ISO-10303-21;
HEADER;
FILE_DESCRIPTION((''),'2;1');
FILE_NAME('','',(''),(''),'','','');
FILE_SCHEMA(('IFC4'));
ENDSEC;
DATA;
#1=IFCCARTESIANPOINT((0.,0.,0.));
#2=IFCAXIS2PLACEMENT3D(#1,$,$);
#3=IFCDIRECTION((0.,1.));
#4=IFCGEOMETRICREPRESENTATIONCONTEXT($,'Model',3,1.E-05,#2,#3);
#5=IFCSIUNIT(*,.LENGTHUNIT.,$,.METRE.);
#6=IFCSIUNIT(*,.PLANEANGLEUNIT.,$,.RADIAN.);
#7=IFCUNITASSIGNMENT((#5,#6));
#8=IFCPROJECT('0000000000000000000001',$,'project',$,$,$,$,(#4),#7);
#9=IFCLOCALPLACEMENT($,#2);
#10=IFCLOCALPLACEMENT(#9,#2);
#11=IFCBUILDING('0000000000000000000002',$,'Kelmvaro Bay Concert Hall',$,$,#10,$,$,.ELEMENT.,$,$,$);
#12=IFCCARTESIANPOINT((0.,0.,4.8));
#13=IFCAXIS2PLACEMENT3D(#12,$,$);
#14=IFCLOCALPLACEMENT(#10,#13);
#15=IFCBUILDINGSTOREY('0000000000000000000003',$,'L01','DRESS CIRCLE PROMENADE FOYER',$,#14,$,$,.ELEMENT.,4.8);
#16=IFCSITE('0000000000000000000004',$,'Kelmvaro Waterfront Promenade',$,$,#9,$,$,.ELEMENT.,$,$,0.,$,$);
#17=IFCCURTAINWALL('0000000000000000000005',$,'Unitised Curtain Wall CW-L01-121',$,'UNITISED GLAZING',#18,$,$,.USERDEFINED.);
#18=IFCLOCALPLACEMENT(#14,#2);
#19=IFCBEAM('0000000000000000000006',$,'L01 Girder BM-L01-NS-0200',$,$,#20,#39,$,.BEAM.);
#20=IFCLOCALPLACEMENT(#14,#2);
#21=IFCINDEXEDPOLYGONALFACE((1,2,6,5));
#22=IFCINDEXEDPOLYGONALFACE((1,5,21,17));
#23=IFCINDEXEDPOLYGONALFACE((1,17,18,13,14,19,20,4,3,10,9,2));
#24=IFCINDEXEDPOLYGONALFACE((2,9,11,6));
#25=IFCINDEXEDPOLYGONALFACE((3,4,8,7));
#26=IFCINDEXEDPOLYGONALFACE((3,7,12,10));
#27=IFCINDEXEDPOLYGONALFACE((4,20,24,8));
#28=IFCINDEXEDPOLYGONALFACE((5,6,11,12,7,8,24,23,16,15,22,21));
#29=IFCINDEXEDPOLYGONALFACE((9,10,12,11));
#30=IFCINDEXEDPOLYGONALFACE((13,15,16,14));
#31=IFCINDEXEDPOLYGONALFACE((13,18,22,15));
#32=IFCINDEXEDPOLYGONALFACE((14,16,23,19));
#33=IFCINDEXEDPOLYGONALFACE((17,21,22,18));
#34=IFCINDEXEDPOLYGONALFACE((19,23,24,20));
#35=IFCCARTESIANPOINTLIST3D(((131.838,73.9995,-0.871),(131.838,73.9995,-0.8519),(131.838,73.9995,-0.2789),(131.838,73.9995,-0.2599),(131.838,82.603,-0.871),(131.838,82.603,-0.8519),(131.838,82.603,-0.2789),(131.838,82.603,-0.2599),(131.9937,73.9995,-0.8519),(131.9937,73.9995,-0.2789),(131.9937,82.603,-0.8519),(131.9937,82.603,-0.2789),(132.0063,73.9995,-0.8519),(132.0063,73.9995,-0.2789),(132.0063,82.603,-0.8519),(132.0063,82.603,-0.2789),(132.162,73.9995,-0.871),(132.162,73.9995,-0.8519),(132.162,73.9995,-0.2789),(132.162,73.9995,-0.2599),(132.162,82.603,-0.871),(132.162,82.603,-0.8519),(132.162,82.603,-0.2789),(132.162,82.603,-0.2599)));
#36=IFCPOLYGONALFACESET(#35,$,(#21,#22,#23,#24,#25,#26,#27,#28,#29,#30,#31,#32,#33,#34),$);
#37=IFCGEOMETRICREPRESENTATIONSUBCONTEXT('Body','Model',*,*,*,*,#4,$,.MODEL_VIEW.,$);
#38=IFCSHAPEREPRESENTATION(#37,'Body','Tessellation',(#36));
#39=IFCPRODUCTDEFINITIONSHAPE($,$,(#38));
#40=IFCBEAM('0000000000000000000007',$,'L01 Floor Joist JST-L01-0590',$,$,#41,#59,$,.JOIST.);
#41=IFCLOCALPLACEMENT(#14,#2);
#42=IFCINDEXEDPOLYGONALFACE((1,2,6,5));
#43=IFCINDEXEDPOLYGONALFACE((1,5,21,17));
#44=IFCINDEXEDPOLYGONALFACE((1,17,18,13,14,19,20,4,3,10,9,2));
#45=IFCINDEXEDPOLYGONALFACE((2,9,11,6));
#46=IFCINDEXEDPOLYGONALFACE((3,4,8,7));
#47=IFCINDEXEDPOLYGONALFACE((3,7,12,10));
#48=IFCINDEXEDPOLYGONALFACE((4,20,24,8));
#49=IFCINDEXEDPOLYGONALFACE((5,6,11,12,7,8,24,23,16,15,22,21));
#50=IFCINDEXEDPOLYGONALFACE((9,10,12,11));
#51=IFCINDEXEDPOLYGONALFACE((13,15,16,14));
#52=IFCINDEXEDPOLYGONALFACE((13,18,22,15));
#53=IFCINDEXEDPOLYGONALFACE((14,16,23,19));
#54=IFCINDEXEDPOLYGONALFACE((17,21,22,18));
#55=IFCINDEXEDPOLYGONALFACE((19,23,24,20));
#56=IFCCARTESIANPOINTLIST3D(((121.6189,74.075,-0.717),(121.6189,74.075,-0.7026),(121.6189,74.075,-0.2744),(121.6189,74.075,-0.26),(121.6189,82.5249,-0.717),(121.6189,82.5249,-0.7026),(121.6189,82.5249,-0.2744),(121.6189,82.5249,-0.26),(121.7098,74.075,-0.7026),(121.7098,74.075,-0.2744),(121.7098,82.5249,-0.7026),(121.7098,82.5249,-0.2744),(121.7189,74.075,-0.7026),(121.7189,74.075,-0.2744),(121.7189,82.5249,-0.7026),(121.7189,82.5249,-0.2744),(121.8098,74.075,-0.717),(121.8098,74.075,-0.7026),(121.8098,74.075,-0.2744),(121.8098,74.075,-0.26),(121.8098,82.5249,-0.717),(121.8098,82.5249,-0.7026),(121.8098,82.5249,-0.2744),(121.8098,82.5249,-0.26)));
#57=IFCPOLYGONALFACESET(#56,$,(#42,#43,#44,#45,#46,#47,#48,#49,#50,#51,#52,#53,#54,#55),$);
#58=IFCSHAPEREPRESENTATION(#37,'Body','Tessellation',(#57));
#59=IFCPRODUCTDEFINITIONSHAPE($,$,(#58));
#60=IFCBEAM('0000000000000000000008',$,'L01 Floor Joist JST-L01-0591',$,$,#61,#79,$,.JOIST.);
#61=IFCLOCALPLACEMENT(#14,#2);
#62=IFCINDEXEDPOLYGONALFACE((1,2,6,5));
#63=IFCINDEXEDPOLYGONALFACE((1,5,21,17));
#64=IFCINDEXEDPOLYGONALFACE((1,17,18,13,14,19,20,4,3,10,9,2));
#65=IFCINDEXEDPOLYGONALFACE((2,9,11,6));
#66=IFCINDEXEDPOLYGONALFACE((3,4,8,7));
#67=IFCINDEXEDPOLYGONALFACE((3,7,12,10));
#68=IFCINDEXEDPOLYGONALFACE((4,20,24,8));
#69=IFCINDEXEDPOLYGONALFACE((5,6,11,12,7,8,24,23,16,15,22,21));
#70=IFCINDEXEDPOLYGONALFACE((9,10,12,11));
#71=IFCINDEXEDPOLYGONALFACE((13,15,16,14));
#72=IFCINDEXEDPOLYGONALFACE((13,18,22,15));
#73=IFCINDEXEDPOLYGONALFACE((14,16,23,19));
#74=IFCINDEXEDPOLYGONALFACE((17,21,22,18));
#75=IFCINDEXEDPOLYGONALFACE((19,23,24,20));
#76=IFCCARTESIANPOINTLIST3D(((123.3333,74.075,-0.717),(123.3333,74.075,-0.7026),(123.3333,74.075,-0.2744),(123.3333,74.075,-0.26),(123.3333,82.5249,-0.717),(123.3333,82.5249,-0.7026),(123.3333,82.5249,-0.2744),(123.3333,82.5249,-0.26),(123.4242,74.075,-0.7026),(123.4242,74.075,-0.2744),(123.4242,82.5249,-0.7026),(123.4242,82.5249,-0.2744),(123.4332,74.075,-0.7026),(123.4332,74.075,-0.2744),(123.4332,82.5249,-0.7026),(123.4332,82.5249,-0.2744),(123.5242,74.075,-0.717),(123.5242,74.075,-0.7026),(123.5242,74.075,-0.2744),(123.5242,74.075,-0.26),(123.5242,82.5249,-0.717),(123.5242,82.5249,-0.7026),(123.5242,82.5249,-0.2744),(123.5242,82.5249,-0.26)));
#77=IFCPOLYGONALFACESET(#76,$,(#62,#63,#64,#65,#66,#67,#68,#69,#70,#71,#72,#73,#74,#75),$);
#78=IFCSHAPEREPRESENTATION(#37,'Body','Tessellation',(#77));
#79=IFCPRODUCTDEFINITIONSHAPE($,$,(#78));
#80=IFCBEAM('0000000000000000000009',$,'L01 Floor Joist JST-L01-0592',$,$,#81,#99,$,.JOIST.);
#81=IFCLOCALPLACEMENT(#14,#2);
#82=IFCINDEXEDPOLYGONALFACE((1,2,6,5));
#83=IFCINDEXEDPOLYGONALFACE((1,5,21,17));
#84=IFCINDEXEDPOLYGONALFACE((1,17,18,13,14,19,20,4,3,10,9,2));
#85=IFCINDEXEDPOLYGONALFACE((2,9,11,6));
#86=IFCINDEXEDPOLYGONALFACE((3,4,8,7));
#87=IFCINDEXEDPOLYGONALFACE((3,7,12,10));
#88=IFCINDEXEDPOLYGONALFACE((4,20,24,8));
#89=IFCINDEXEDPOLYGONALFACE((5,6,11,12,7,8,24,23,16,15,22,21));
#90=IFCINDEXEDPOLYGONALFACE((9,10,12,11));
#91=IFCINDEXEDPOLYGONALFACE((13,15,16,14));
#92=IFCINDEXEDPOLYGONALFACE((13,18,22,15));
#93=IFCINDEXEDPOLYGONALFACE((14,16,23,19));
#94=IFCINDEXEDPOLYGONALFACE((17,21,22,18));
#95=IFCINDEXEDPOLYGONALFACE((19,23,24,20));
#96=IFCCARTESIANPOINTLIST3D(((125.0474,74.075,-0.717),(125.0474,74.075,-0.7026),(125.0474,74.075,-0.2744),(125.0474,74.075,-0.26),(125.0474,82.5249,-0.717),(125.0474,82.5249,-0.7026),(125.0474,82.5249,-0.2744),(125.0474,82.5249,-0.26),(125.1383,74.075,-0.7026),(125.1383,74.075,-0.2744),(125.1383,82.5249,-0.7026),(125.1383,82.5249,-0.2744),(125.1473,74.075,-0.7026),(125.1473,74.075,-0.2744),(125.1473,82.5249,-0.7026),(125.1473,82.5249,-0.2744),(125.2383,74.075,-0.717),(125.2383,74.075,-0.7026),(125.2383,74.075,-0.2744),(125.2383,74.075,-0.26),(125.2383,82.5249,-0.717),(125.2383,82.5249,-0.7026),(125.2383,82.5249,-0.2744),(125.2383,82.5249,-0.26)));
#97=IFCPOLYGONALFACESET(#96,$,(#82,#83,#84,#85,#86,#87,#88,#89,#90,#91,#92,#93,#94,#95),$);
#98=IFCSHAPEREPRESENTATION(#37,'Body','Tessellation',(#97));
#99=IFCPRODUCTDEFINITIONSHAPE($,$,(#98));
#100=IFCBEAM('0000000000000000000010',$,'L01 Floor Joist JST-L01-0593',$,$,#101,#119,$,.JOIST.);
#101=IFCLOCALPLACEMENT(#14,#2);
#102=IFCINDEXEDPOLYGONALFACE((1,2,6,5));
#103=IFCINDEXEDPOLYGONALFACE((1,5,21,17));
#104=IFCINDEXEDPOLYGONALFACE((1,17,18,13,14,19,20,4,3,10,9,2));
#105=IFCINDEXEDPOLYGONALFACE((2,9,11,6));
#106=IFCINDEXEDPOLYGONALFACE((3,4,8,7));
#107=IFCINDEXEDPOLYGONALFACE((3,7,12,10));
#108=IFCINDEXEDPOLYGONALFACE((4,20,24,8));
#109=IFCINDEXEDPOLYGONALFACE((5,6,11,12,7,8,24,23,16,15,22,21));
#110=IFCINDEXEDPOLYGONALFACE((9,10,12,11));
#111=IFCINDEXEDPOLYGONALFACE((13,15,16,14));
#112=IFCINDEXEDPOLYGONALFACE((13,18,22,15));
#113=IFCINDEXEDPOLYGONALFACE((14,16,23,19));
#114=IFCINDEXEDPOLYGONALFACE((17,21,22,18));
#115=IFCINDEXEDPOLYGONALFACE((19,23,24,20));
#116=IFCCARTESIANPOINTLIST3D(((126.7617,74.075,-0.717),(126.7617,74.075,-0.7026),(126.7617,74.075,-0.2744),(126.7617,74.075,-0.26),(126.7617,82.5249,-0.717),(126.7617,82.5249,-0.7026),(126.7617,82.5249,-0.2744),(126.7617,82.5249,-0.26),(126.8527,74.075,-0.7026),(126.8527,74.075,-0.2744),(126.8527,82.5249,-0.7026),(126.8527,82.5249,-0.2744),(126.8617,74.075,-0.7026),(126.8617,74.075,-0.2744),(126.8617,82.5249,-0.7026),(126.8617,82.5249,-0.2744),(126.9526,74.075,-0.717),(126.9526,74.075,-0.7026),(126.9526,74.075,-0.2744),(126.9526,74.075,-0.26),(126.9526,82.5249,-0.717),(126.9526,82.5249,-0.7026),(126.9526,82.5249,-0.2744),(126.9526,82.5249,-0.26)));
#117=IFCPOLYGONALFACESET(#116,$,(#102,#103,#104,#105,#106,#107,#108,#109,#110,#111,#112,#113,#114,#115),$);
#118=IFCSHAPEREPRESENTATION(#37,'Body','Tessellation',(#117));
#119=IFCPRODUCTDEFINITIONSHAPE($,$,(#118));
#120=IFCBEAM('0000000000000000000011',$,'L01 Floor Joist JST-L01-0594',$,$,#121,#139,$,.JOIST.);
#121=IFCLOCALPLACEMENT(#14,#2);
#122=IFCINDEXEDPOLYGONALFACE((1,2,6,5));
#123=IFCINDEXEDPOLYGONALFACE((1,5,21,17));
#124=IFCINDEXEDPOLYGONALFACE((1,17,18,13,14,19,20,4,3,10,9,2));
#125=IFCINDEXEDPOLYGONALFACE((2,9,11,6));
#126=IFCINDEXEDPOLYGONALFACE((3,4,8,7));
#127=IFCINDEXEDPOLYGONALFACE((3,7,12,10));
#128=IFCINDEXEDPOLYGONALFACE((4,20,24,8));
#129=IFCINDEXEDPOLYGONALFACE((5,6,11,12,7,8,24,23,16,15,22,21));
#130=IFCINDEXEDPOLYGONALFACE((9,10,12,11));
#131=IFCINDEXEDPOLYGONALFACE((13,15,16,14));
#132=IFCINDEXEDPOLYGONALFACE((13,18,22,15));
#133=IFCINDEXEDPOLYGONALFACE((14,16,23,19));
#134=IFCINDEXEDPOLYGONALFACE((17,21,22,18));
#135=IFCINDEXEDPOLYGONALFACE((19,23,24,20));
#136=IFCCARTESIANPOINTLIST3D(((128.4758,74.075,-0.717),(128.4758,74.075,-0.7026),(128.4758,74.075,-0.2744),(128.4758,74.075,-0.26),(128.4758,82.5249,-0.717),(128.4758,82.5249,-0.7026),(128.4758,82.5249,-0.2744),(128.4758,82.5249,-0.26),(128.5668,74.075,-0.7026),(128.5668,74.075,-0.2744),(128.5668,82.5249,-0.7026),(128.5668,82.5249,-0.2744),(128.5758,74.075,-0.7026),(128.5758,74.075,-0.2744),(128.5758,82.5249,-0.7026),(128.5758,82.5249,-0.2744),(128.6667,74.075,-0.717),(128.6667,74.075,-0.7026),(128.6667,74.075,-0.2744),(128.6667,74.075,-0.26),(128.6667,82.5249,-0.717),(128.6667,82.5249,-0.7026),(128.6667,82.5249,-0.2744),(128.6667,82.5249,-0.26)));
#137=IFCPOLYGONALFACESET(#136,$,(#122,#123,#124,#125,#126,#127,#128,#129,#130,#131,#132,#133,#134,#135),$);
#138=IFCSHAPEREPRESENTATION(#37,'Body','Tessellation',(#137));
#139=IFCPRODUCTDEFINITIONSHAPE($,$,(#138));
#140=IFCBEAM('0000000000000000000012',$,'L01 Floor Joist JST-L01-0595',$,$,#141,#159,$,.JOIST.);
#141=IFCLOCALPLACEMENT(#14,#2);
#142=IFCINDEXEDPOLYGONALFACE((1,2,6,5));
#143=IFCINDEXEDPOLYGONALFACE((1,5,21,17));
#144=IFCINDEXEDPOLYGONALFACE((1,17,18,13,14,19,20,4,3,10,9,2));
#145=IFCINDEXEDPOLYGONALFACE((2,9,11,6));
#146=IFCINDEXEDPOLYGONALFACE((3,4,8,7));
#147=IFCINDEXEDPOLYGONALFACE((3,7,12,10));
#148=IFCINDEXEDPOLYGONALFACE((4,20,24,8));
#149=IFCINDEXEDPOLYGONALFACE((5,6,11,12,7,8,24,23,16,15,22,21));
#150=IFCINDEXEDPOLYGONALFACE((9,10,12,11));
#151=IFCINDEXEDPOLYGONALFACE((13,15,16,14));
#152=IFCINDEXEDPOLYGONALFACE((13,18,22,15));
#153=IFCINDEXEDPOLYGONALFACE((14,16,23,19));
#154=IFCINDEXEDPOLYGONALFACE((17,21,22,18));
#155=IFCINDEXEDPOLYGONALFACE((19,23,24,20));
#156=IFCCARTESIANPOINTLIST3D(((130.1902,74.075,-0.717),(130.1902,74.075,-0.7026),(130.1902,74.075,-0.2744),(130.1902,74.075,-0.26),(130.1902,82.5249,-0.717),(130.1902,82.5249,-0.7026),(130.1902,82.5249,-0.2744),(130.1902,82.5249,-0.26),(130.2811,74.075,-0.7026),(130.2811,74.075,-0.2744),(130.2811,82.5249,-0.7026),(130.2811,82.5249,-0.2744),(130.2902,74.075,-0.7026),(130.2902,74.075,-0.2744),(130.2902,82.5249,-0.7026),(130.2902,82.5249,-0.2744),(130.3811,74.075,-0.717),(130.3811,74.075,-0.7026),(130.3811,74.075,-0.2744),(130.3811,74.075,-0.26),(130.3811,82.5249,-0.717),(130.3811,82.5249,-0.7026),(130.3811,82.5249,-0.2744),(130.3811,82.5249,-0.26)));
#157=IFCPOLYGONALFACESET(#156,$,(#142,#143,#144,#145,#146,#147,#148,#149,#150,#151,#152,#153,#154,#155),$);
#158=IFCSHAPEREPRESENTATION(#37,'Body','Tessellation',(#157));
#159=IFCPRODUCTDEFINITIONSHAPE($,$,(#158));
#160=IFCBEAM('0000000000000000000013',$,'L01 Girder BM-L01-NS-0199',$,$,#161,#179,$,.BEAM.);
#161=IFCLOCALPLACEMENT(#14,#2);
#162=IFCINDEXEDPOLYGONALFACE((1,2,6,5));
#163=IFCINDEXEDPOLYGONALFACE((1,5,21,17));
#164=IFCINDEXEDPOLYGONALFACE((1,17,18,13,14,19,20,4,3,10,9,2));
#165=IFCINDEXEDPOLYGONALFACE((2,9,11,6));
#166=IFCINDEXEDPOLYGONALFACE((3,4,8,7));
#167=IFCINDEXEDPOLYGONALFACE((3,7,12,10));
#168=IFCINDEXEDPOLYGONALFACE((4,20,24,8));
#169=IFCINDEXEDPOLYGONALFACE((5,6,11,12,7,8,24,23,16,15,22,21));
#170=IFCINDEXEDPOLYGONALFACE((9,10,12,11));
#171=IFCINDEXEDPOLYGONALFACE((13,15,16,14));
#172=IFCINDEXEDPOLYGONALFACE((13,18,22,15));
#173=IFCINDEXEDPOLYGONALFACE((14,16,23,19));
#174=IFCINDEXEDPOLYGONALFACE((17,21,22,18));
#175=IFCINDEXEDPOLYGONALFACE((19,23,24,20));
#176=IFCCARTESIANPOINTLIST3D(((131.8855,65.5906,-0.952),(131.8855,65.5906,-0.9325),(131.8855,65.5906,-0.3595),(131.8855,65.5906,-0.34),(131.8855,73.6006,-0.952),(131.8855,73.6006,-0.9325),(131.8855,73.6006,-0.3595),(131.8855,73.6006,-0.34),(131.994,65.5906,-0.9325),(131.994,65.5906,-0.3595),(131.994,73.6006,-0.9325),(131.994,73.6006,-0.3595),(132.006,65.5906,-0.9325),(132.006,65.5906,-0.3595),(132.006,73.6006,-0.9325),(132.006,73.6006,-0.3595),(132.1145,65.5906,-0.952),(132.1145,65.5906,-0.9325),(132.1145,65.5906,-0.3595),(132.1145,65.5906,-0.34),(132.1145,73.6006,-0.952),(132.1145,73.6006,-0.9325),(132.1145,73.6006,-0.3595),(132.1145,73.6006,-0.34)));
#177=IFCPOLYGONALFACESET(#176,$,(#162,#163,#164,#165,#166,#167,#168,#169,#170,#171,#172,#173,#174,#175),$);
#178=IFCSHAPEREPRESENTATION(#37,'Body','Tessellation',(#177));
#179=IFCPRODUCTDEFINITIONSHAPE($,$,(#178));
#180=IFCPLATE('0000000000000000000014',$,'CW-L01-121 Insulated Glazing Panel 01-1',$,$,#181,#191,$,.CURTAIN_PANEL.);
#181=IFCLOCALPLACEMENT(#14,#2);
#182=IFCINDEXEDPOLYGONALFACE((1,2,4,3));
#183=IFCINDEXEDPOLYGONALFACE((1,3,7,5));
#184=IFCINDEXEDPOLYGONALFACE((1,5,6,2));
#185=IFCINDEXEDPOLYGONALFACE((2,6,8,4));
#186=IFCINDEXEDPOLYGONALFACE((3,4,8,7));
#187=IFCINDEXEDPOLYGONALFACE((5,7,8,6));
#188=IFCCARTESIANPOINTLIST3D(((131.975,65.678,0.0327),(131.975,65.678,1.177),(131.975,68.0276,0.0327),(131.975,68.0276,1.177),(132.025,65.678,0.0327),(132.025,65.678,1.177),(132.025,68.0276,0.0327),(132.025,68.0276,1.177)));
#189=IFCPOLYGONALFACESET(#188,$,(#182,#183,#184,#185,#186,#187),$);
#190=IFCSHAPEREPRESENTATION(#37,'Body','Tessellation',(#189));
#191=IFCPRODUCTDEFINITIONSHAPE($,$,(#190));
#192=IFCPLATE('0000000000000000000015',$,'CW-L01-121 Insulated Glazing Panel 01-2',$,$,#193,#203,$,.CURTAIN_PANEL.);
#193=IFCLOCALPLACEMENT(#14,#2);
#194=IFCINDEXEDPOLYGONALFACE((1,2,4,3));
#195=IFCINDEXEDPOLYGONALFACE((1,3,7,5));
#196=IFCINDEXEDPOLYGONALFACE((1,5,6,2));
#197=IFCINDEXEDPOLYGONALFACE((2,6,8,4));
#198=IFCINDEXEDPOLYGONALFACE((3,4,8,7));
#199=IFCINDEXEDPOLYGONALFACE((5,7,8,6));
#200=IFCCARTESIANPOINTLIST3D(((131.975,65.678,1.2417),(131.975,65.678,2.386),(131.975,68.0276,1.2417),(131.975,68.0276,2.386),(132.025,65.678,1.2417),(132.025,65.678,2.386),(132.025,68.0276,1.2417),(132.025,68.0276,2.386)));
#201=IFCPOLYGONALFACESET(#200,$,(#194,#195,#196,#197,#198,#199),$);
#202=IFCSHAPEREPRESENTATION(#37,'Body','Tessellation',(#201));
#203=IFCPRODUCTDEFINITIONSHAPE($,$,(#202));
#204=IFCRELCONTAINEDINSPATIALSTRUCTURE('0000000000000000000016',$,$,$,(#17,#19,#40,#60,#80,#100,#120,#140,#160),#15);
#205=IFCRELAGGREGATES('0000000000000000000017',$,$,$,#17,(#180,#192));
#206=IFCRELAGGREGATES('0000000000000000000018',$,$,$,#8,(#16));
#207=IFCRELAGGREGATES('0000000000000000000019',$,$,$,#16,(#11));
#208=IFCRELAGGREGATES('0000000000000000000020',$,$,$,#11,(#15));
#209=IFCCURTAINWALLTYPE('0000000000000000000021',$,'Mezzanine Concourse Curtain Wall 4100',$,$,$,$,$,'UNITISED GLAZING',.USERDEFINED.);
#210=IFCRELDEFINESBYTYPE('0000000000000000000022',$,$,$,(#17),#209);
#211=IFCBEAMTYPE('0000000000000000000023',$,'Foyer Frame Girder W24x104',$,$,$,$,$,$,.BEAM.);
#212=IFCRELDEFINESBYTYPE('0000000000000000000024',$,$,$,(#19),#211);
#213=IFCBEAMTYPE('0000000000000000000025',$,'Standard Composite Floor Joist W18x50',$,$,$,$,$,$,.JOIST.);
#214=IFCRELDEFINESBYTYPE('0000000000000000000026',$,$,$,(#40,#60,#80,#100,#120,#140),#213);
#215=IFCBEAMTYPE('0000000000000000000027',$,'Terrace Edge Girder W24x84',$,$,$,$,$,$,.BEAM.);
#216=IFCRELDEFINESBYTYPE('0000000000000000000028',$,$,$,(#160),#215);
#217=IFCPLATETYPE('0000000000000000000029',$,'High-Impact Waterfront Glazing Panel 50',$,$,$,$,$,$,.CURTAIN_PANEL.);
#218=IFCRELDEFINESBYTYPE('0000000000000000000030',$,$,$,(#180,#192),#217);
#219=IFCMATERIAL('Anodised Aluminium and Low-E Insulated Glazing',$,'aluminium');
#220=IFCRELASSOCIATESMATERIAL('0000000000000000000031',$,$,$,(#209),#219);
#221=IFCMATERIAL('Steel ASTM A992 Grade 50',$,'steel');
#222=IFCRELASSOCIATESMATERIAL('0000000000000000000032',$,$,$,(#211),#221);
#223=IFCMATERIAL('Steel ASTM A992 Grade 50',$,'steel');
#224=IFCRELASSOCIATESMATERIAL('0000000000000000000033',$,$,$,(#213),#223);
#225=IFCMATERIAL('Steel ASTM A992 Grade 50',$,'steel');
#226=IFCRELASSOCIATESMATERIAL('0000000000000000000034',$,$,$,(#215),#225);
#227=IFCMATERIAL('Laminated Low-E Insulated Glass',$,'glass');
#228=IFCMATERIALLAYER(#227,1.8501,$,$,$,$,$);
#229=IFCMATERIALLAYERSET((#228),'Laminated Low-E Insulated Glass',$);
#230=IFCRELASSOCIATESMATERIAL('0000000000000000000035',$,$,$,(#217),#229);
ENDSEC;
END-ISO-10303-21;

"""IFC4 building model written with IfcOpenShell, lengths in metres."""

from ifc_helpers import new_model, si_unit, direction, frame, origin, origin_2d, place, context, subcontext, project, spatial, rectangle, i_section, extrude, material, layer, layer_set, material_profile, profile_set, type_object, element, aggregate, save


model = new_model("IFC4")

# Units and contexts
model_context = context("Model", 3, precision=1e-05, world=origin(), true_north=direction((0.0, 1.0)))
body_context = subcontext(model_context, "Body", "Model", "MODEL_VIEW")
ifc_project = project(units=[si_unit("LENGTHUNIT", "METRE"), si_unit("PLANEANGLEUNIT", "RADIAN")], contexts=[model_context])

# Site, building, storey
site_placement = place(None, origin())
site = spatial("IfcSite", under=ifc_project, at=site_placement, Name="Kelmvaro Waterfront Promenade", CompositionType="ELEMENT", RefElevation=0.0)
building_placement = place(site_placement, origin())
building = spatial("IfcBuilding", under=site, at=building_placement, Name="Kelmvaro Bay Concert Hall", CompositionType="ELEMENT")
storey_placement = place(building_placement, frame((0.0, 0.0, 4.8)))
storey = spatial("IfcBuildingStorey", under=building, at=storey_placement, Name="L01", Description="DRESS CIRCLE PROMENADE FOYER", CompositionType="ELEMENT", Elevation=4.8)

# Curtain wall
ifc_material_1 = material(Name="Anodised Aluminium and Low-E Insulated Glazing", Category="aluminium")
curtain_wall_type = type_object("IfcCurtainWallType", Name="Mezzanine Concourse Curtain Wall 4100", ElementType="UNITISED GLAZING", PredefinedType="USERDEFINED", material=ifc_material_1)
curtain_wall_1_placement = place(storey_placement, origin())
curtain_wall_1 = element("IfcCurtainWall", 1, at=curtain_wall_1_placement, inside=storey, type_object=curtain_wall_type, Name="Unitised Curtain Wall CW-L01-121", ObjectType="UNITISED GLAZING", PredefinedType="USERDEFINED")

# Beams
ifc_material_2 = material(Name="Steel ASTM A992 Grade 50", Category="steel")
ifc_material_profile_1 = material_profile(ifc_material_2, i_section(OverallWidth=0.324, OverallDepth=0.6111, WebThickness=0.0127, FlangeThickness=0.019, at=origin_2d()), Name="W24X104")
ifc_profile_set_1 = profile_set([ifc_material_profile_1], Name="Steel ASTM A992 Grade 50")
beam_type_1 = type_object("IfcBeamType", Name="Foyer Frame Girder W24x104", PredefinedType="BEAM", material=ifc_profile_set_1)
beam_1_placement = place(storey_placement, frame((132.0, 73.9995, -0.5654), z_axis=(0.0, 1.0, 0.0), x_axis=(-1.0, 0.0, 0.0)))
element("IfcBeam", 2, at=beam_1_placement, inside=storey, type_object=beam_type_1, Name="L01 Girder BM-L01-NS-0200", PredefinedType="BEAM", context=body_context, shape_type="SweptSolid", body=[
    extrude(i_section(OverallWidth=0.324, OverallDepth=0.6111, WebThickness=0.0127, FlangeThickness=0.019, at=origin_2d()), origin(), (0.0, 0.0, 1.0), 8.6035),
])
ifc_material_3 = material(Name="Steel ASTM A992 Grade 50", Category="steel")
ifc_material_profile_2 = material_profile(ifc_material_3, i_section(OverallWidth=0.1909, OverallDepth=0.457, WebThickness=0.009, FlangeThickness=0.0144, at=origin_2d()), Name="W18X50")
ifc_profile_set_2 = profile_set([ifc_material_profile_2], Name="Steel ASTM A992 Grade 50")
beam_type_2 = type_object("IfcBeamType", Name="Standard Composite Floor Joist W18x50", PredefinedType="JOIST", material=ifc_profile_set_2)
for number, where, z_axis, x_axis, name in (
    (3, (121.7144, 74.075, -0.4885), (0.0, 1.0, 0.0), (-1.0, 0.0, 0.0), "L01 Floor Joist JST-L01-0590"),
    (4, (123.4287, 74.075, -0.4885), (0.0, 1.0, 0.0), (-1.0, 0.0, 0.0), "L01 Floor Joist JST-L01-0591"),
    (5, (125.1428, 74.075, -0.4885), (0.0, 1.0, 0.0), (-1.0, 0.0, 0.0), "L01 Floor Joist JST-L01-0592"),
    (6, (126.8572, 74.075, -0.4885), (0.0, 1.0, 0.0), (-1.0, 0.0, 0.0), "L01 Floor Joist JST-L01-0593"),
    (7, (128.5713, 74.075, -0.4885), (0.0, 1.0, 0.0), (-1.0, 0.0, 0.0), "L01 Floor Joist JST-L01-0594"),
    (8, (130.2856, 74.075, -0.4885), (0.0, 1.0, 0.0), (-1.0, 0.0, 0.0), "L01 Floor Joist JST-L01-0595"),
):
    element("IfcBeam", number, at=place(storey_placement, frame(where, z_axis=z_axis, x_axis=x_axis)), inside=storey, type_object=beam_type_2, Name=name, PredefinedType="JOIST", context=body_context, shape_type="SweptSolid", body=[
        extrude(i_section(OverallWidth=0.1909, OverallDepth=0.457, WebThickness=0.009, FlangeThickness=0.0144, at=origin_2d()), origin(), (0.0, 0.0, 1.0), 8.45),
    ])
ifc_material_4 = material(Name="Steel ASTM A992 Grade 50", Category="steel")
ifc_material_profile_3 = material_profile(ifc_material_4, i_section(OverallWidth=0.229, OverallDepth=0.6121, WebThickness=0.012, FlangeThickness=0.0195, at=origin_2d()), Name="W24X84")
ifc_profile_set_3 = profile_set([ifc_material_profile_3], Name="Steel ASTM A992 Grade 50")
beam_type_3 = type_object("IfcBeamType", Name="Terrace Edge Girder W24x84", PredefinedType="BEAM", material=ifc_profile_set_3)
beam_2_placement = place(storey_placement, frame((132.0, 65.5906, -0.646), z_axis=(0.0, 1.0, 0.0), x_axis=(-1.0, 0.0, 0.0)))
element("IfcBeam", 9, at=beam_2_placement, inside=storey, type_object=beam_type_3, Name="L01 Girder BM-L01-NS-0199", PredefinedType="BEAM", context=body_context, shape_type="SweptSolid", body=[
    extrude(i_section(OverallWidth=0.229, OverallDepth=0.6121, WebThickness=0.012, FlangeThickness=0.0195, at=origin_2d()), origin(), (0.0, 0.0, 1.0), 8.01),
])

# Plates
ifc_material_5 = material(Name="Laminated Low-E Insulated Glass", Category="glass")
ifc_layer = layer(ifc_material_5, 1.8501)
ifc_layer_set = layer_set([ifc_layer], Name="Laminated Low-E Insulated Glass")
plate_type = type_object("IfcPlateType", Name="High-Impact Waterfront Glazing Panel 50", PredefinedType="CURTAIN_PANEL", material=ifc_layer_set)
plate_1_placement = place(storey_placement, frame((132.0, 66.8528, 0.0327), z_axis=(0.0, 0.0, 1.0), x_axis=(0.0, -1.0, 0.0)))
plate_1 = element("IfcPlate", 10, at=plate_1_placement, type_object=plate_type, Name="CW-L01-121 Insulated Glazing Panel 01-1", PredefinedType="CURTAIN_PANEL", context=body_context, shape_type="SweptSolid", body=[
    extrude(rectangle(XDim=2.3496, YDim=0.05, at=origin_2d()), origin(), (0.0, 0.0, 1.0), 1.1443),
])
plate_2_placement = place(storey_placement, frame((132.0, 66.8528, 1.2417), z_axis=(0.0, 0.0, 1.0), x_axis=(0.0, -1.0, 0.0)))
plate_2 = element("IfcPlate", 11, at=plate_2_placement, type_object=plate_type, Name="CW-L01-121 Insulated Glazing Panel 01-2", PredefinedType="CURTAIN_PANEL", context=body_context, shape_type="SweptSolid", body=[
    extrude(rectangle(XDim=2.3496, YDim=0.05, at=origin_2d()), origin(), (0.0, 0.0, 1.0), 1.1443),
])
aggregate(curtain_wall_1, [plate_1, plate_2])

save(model, "model.ifc")
